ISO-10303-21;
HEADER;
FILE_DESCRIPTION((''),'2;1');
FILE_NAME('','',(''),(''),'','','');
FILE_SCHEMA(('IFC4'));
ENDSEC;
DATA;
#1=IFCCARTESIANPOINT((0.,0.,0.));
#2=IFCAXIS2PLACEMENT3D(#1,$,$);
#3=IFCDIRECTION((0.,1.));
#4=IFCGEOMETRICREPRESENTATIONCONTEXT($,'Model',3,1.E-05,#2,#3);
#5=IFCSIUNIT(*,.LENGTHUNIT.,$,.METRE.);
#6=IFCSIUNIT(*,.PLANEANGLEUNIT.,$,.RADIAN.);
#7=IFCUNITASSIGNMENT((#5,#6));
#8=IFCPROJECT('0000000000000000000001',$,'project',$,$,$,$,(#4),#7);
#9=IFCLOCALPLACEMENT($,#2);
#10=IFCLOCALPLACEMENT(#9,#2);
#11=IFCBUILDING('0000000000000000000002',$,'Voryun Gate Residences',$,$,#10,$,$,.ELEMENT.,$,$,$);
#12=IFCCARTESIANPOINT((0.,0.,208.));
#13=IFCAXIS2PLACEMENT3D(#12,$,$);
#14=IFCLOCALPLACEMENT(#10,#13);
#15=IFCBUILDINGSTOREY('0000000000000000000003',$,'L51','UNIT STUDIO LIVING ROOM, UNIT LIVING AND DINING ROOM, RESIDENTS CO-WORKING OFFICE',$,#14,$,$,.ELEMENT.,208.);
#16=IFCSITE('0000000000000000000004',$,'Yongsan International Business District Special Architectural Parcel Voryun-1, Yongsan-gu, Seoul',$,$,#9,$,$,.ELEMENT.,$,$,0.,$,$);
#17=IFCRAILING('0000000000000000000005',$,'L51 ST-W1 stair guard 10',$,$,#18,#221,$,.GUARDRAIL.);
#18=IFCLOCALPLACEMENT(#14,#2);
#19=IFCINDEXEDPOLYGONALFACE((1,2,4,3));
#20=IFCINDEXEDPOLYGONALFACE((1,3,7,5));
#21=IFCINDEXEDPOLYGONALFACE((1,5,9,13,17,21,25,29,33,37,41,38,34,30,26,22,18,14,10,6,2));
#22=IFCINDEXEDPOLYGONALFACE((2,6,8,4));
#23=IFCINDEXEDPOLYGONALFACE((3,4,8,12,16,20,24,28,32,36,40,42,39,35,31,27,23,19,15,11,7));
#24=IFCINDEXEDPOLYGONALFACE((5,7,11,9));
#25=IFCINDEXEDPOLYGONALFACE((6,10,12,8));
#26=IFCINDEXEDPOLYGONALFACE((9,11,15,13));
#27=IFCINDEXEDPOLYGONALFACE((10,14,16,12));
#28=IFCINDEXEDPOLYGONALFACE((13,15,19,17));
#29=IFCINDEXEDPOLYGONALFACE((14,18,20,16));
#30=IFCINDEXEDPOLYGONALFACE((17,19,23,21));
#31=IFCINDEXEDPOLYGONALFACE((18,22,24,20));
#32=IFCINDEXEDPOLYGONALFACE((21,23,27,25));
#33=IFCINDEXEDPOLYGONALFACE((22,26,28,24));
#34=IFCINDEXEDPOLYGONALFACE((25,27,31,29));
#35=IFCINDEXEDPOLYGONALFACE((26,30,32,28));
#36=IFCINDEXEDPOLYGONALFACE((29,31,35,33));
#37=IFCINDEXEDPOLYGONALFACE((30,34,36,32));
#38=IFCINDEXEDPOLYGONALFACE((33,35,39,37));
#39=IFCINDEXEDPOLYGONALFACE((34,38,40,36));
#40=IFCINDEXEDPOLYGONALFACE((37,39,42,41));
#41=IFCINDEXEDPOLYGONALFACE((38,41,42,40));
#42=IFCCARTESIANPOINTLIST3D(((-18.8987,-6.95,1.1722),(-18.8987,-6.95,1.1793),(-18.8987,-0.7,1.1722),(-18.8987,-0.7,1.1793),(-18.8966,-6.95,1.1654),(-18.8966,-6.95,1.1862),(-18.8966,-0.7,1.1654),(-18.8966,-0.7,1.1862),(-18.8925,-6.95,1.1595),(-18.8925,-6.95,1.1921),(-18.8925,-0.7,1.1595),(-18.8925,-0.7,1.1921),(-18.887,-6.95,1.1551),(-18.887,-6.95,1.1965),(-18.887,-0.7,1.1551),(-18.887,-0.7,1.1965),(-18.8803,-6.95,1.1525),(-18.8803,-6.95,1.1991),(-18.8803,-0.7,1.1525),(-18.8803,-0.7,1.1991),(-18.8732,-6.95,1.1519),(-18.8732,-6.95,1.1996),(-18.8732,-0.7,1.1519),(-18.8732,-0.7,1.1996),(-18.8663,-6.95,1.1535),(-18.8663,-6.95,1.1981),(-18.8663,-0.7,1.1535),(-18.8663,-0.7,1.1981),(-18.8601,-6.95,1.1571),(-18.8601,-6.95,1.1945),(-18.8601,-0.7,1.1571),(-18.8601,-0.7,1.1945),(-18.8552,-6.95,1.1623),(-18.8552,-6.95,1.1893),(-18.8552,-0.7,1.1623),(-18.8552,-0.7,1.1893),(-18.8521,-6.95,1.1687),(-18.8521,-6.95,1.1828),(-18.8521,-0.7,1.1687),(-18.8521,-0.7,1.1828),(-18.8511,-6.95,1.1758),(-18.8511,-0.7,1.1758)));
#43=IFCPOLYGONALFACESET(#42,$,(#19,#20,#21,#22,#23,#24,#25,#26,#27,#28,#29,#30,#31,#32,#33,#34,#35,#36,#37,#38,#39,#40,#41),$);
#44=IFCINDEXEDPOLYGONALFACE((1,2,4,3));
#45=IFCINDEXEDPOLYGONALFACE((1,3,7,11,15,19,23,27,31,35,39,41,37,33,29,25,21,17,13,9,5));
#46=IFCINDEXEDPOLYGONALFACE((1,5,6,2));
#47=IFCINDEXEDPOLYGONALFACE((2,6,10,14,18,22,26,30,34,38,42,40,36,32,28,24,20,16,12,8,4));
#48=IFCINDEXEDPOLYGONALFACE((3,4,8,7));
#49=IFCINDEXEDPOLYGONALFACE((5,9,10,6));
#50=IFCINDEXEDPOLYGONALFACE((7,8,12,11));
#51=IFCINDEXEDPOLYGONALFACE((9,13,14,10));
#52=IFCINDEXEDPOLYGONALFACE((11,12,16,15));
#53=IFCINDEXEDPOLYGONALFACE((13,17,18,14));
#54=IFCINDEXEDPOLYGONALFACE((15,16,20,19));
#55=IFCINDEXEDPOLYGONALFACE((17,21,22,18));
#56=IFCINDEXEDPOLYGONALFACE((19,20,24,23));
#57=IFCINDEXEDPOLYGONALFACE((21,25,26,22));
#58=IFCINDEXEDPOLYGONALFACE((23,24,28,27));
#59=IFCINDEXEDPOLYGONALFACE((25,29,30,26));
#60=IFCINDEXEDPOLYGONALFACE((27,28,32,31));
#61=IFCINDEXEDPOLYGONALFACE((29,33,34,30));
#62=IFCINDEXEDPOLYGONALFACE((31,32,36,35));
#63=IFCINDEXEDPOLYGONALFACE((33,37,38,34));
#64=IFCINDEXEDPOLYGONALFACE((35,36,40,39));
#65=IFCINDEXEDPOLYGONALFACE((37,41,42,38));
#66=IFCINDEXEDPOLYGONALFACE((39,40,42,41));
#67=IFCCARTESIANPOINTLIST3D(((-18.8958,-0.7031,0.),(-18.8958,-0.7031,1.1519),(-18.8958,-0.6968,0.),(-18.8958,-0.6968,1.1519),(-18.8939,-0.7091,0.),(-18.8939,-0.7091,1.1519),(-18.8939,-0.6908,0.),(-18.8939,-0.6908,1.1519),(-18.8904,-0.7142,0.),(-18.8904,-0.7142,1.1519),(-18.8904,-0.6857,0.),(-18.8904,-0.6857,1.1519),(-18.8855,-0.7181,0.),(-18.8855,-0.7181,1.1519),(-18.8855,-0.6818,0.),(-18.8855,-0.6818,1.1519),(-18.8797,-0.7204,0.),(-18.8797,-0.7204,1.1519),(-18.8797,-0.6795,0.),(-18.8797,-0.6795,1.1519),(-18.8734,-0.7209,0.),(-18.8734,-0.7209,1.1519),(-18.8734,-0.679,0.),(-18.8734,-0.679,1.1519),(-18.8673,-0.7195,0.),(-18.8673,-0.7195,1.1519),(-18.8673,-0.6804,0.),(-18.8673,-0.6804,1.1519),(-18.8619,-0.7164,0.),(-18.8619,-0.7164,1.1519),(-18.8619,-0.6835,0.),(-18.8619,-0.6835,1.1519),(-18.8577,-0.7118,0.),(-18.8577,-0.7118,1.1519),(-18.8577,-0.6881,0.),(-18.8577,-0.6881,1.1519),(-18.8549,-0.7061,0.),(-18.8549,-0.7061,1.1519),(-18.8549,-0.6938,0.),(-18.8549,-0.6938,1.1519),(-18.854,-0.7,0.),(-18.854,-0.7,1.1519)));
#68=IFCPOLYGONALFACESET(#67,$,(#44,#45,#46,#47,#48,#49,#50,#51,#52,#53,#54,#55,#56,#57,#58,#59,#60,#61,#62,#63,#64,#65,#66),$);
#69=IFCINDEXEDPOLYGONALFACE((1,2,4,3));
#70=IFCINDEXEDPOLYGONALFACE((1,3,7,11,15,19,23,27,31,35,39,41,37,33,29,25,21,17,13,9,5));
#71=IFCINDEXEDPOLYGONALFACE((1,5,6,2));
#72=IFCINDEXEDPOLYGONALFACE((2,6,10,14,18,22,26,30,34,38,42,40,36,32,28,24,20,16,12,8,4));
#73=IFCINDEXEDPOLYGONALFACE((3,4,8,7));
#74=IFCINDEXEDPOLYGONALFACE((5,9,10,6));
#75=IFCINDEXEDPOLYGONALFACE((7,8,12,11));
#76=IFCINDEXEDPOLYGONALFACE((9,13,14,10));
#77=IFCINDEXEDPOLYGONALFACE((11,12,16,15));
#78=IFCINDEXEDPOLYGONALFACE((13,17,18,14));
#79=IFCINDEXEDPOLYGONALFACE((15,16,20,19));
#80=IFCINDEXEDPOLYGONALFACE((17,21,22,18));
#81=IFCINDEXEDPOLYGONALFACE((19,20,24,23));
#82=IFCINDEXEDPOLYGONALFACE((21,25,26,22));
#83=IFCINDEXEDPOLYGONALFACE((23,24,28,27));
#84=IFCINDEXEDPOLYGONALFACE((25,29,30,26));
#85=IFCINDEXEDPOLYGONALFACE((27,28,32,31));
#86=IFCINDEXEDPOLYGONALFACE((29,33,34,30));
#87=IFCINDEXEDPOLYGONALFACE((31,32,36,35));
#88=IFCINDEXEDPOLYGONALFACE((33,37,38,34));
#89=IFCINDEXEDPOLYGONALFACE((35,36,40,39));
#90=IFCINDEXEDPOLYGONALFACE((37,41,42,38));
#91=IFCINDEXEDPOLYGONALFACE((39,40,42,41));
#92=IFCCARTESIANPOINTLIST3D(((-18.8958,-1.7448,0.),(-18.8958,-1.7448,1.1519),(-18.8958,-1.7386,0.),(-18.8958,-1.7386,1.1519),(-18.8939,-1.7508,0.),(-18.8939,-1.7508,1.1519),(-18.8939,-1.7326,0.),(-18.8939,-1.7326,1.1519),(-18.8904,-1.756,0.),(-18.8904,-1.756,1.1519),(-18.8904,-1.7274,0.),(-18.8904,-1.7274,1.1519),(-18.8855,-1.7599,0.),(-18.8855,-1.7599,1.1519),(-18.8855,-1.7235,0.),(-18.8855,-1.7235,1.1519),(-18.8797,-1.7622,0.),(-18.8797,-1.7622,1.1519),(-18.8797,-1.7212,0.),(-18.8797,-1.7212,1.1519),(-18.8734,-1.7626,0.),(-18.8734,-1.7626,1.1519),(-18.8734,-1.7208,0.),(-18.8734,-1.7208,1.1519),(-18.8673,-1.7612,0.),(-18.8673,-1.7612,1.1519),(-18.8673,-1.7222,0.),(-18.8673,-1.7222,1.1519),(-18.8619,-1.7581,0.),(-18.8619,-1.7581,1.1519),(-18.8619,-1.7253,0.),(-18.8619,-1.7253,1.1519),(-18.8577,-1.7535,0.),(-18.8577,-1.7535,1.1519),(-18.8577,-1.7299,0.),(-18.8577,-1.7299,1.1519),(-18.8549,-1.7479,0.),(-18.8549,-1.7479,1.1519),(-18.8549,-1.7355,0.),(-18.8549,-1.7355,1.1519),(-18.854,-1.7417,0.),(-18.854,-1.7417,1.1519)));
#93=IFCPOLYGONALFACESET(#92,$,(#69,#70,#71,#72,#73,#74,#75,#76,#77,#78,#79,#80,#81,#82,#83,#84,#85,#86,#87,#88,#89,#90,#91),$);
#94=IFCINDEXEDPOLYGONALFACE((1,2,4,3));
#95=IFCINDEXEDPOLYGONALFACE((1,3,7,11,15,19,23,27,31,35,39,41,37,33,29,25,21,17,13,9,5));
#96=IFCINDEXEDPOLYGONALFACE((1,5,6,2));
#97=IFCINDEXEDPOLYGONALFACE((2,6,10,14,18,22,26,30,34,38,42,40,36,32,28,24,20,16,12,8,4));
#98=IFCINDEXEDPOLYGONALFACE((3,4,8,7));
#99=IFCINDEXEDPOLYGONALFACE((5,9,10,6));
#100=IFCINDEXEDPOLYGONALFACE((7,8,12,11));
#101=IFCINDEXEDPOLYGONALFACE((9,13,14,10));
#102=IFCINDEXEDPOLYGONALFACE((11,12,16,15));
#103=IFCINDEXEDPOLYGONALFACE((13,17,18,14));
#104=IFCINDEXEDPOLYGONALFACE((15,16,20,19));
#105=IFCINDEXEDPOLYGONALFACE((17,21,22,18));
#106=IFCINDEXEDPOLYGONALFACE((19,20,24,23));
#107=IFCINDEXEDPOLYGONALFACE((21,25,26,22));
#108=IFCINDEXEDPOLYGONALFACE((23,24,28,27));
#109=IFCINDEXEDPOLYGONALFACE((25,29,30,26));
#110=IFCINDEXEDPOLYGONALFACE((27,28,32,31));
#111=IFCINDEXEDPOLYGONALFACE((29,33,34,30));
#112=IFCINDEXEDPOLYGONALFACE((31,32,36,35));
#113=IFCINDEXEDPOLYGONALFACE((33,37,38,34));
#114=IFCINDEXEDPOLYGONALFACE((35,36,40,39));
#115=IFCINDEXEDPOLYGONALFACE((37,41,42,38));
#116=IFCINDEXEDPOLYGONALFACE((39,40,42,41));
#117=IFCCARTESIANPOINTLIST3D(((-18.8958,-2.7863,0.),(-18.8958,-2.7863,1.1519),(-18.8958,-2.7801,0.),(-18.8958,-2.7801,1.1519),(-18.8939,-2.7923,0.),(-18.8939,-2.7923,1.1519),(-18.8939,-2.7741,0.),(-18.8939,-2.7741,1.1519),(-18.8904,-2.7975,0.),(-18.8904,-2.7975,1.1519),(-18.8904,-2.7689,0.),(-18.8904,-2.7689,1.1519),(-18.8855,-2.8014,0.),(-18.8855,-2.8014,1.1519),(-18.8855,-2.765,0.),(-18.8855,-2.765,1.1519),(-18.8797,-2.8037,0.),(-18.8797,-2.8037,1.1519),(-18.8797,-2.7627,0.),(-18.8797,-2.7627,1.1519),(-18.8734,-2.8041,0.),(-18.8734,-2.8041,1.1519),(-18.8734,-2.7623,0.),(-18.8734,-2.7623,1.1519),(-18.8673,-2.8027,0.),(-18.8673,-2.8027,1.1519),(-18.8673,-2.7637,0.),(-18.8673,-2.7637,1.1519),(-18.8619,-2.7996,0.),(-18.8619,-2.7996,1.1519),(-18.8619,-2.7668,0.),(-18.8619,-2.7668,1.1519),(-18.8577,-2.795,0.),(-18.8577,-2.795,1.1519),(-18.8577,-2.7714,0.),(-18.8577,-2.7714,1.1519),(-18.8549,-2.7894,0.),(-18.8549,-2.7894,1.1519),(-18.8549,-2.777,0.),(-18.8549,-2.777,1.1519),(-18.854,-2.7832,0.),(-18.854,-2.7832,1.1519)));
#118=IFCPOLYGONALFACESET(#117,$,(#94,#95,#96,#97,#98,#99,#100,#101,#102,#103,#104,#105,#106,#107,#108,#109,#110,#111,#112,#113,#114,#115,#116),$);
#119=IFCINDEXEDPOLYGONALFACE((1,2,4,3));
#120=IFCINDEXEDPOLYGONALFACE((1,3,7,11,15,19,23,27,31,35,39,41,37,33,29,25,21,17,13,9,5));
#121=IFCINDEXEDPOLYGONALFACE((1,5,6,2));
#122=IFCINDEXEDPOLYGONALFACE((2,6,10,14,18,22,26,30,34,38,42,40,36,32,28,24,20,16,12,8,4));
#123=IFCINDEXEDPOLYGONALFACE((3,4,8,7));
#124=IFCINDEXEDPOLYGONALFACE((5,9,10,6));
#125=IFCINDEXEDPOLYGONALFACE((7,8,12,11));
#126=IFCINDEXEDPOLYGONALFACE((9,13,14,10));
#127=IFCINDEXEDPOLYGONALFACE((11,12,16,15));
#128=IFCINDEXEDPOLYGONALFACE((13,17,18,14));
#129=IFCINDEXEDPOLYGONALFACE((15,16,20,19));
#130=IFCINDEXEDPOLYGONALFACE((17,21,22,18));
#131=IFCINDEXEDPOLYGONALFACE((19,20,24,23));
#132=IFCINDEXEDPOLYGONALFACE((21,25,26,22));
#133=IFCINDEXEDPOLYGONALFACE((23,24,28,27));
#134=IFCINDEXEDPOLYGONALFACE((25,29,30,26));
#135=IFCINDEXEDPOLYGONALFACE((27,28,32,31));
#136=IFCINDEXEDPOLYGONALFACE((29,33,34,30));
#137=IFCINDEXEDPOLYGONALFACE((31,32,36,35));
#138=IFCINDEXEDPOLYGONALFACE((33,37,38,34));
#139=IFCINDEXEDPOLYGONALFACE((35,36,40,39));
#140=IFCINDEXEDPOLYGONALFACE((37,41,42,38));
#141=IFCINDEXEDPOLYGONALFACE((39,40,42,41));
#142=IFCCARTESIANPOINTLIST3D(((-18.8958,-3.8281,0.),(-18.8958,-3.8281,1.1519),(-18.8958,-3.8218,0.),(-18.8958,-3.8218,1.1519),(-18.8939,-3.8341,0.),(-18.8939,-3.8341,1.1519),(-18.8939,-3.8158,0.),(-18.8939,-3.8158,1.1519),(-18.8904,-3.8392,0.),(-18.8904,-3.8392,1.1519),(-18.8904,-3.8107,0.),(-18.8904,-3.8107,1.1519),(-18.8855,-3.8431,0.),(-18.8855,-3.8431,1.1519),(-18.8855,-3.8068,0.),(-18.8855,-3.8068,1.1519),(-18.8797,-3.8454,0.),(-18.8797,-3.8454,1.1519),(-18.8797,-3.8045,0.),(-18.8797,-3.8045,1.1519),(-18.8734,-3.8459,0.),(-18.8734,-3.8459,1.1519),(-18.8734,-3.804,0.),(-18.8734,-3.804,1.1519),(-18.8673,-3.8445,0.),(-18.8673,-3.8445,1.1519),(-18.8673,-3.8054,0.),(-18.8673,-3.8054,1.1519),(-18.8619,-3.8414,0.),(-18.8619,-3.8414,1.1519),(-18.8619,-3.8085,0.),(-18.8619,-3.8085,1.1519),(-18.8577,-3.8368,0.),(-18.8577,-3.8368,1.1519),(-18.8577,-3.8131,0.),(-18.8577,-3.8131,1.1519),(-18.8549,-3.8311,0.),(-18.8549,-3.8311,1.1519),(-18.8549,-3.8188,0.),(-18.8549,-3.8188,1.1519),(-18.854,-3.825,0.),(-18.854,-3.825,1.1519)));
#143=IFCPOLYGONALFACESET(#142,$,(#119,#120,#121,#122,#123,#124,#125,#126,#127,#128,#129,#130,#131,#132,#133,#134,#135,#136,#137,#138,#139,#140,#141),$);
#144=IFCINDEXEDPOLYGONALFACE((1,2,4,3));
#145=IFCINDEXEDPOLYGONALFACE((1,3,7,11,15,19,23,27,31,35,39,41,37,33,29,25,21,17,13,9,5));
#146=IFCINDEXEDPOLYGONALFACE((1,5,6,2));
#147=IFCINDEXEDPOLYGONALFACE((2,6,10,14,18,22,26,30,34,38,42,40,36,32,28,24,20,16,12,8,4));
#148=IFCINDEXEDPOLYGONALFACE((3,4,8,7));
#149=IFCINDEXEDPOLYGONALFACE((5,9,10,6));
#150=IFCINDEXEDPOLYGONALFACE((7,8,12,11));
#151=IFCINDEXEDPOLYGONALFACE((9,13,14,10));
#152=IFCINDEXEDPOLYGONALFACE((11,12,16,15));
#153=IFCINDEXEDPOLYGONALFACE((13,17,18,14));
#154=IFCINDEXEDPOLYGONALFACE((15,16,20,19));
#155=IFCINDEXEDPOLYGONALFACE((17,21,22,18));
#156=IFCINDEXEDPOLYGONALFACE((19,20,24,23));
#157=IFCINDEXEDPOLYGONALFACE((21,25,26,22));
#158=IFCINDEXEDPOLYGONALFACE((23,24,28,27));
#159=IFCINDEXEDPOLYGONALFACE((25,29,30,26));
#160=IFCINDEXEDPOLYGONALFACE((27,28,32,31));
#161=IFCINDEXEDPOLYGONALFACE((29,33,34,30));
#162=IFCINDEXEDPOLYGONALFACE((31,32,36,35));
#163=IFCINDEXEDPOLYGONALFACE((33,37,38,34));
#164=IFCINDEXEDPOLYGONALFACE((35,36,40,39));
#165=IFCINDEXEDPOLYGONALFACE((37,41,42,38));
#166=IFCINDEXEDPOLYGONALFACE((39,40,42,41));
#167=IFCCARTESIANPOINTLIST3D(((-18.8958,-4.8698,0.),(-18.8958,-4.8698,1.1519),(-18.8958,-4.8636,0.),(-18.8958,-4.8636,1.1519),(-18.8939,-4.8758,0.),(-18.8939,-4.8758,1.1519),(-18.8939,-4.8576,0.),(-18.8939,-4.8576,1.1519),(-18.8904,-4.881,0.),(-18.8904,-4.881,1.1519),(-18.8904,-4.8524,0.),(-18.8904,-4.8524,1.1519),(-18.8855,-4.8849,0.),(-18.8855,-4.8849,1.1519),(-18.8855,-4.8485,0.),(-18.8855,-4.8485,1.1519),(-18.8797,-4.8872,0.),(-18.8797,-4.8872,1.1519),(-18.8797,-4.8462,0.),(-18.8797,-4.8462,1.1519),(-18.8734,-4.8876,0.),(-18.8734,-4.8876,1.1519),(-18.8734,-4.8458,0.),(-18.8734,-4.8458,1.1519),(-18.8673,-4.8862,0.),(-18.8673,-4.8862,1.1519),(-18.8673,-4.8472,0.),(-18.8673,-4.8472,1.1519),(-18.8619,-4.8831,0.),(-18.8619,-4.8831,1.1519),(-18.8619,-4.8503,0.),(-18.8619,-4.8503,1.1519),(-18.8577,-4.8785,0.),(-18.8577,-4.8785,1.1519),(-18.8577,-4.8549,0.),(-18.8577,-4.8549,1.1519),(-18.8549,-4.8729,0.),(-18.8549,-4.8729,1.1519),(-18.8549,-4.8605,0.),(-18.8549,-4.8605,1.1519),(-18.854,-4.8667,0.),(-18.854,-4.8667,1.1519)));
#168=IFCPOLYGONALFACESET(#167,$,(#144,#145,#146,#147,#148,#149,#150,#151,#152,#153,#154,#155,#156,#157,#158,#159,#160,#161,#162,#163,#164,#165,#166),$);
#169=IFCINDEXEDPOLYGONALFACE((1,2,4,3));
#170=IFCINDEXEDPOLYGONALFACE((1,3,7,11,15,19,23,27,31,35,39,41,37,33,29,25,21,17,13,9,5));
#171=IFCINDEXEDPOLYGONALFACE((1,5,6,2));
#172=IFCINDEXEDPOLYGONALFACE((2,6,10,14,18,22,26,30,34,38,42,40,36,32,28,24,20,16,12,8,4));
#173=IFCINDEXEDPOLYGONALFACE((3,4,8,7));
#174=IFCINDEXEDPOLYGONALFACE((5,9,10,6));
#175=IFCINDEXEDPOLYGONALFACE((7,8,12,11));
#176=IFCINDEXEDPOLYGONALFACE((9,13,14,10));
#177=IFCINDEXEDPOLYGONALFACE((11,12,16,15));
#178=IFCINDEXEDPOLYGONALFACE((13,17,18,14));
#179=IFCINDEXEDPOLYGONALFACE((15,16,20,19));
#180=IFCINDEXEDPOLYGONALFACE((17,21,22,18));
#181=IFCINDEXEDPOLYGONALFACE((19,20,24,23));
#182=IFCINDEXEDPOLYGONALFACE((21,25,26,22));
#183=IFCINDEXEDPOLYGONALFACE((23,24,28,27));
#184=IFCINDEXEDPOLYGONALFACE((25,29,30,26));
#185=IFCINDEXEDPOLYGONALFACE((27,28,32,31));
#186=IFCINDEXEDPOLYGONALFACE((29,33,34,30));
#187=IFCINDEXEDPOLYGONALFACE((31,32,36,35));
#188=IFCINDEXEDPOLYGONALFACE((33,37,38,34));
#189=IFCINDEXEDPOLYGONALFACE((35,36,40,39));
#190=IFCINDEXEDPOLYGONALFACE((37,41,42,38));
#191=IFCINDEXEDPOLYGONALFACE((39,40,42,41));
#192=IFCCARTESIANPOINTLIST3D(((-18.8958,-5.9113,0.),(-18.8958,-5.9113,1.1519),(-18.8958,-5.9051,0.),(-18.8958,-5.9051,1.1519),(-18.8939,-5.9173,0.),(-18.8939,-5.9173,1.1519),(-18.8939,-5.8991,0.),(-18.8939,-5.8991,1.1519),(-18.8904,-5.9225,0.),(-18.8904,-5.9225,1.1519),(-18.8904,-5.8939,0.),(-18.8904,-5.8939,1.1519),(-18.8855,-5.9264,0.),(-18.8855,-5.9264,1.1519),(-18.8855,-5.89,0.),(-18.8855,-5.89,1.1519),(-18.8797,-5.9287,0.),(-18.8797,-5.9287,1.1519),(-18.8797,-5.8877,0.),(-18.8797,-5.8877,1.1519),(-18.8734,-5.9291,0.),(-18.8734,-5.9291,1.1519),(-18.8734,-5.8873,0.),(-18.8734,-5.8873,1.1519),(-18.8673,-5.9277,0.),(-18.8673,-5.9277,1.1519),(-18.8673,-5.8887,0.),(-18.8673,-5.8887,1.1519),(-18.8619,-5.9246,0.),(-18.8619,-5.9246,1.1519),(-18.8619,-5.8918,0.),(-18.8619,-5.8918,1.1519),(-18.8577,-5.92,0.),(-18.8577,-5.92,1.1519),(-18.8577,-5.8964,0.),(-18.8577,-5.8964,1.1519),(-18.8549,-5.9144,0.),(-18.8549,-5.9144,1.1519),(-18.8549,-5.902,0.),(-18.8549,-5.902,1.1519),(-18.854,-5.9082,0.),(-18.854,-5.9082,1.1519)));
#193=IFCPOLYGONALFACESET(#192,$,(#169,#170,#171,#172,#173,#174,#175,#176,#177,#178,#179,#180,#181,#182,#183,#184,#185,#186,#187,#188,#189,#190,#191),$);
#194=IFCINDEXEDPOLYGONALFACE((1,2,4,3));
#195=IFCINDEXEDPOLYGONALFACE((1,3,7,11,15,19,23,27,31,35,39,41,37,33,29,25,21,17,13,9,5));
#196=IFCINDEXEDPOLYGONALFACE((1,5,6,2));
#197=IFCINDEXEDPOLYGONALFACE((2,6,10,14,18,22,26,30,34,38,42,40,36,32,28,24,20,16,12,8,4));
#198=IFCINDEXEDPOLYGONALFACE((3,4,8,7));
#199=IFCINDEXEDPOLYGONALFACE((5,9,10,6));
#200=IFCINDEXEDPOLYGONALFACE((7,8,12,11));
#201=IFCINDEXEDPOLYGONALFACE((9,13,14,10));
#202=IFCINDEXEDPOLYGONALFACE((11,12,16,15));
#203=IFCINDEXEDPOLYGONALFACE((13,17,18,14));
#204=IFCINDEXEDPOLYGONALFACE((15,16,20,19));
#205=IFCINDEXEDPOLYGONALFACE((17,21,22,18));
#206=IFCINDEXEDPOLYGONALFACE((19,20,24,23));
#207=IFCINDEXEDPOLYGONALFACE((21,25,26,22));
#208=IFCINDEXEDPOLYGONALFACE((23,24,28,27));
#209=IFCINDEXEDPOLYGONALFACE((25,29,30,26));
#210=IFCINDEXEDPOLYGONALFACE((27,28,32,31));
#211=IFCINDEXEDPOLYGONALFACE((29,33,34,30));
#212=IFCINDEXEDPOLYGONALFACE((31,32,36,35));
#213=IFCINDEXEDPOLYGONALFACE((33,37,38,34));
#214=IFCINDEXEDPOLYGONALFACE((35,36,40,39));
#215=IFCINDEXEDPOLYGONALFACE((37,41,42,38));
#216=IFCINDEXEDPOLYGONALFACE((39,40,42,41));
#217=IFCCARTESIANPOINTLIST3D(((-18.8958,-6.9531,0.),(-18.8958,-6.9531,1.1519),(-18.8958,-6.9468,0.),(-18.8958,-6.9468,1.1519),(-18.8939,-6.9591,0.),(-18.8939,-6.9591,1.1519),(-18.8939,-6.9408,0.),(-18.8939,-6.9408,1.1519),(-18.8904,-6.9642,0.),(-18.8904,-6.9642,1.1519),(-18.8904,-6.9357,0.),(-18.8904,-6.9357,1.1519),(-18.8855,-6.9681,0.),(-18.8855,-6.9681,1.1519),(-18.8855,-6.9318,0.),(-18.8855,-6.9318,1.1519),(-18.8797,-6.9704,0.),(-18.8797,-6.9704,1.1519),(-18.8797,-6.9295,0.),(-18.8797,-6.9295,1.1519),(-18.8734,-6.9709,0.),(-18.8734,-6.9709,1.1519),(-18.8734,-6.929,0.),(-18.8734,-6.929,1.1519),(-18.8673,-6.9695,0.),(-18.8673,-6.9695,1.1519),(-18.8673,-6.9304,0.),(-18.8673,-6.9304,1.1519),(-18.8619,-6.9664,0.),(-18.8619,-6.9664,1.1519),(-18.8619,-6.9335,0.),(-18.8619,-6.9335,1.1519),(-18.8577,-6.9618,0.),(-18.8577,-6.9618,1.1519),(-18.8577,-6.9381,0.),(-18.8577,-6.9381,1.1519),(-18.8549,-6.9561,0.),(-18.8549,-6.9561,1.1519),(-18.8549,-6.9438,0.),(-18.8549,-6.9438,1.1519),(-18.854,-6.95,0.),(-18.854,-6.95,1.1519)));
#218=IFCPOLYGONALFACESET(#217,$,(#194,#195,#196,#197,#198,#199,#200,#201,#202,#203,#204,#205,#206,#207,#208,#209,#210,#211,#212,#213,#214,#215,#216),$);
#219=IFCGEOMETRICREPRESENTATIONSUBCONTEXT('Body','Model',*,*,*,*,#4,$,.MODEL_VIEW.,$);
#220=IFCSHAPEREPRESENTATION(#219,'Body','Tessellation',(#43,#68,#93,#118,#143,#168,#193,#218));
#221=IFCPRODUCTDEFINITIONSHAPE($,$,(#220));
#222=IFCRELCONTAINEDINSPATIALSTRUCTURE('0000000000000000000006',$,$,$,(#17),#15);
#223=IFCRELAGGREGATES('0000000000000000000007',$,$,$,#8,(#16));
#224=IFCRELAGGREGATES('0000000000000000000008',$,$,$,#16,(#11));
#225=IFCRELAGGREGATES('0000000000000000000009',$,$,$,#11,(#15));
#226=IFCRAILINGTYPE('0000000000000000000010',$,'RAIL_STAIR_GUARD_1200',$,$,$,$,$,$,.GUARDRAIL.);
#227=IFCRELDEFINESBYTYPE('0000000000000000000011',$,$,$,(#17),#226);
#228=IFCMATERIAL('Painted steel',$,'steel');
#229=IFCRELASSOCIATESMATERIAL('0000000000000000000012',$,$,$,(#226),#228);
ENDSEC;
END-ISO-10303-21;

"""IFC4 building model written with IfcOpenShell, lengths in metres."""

from ifc_helpers import new_model, si_unit, direction, frame, origin, origin_2d, place, context, subcontext, project, spatial, circle, extrude, material, type_object, element, save


model = new_model("IFC4")

# Units and contexts
model_context = context("Model", 3, precision=1e-05, world=origin(), true_north=direction((0.0, 1.0)))
body_context = subcontext(model_context, "Body", "Model", "MODEL_VIEW")
ifc_project = project(units=[si_unit("LENGTHUNIT", "METRE"), si_unit("PLANEANGLEUNIT", "RADIAN")], contexts=[model_context])

# Site, building, storey
site_placement = place(None, origin())
site = spatial("IfcSite", under=ifc_project, at=site_placement, Name="Yongsan International Business District Special Architectural Parcel Voryun-1, Yongsan-gu, Seoul", CompositionType="ELEMENT", RefElevation=0.0)
building_placement = place(site_placement, origin())
building = spatial("IfcBuilding", under=site, at=building_placement, Name="Voryun Gate Residences", CompositionType="ELEMENT")
storey_placement = place(building_placement, frame((0.0, 0.0, 208.0)))
storey = spatial("IfcBuildingStorey", under=building, at=storey_placement, Name="L51", Description="UNIT STUDIO LIVING ROOM, UNIT LIVING AND DINING ROOM, RESIDENTS CO-WORKING OFFICE", CompositionType="ELEMENT", Elevation=208.0)

# Railing
ifc_material_1 = material(Name="Painted steel", Category="steel")
railing_type_1 = type_object("IfcRailingType", Name="RAIL_STAIR_GUARD_1200", PredefinedType="GUARDRAIL", material=ifc_material_1)
railing_1_placement = place(storey_placement, frame((-18.875, -0.7, 0.0)))
element("IfcRailing", 1, at=railing_1_placement, inside=storey, type_object=railing_type_1, Name="L51 ST-W1 stair guard 10", PredefinedType="GUARDRAIL", context=body_context, shape_type="SweptSolid", body=[
    extrude(circle(Radius=0.0239, at=origin_2d()), frame((0.0, 0.0, 1.1758), z_axis=(0.0, -1.0, 0.0), x_axis=(1.0, 0.0, 0.0)), (0.0, 0.0, 1.0), 6.25),
    extrude(circle(Radius=0.021, at=origin_2d()), origin(), (0.0, 0.0, 1.0), 1.1519),
    extrude(circle(Radius=0.021, at=origin_2d()), frame((0.0, -1.0417, 0.0)), (0.0, 0.0, 1.0), 1.1519),
    extrude(circle(Radius=0.021, at=origin_2d()), frame((0.0, -2.0833, 0.0)), (0.0, 0.0, 1.0), 1.1519),
    extrude(circle(Radius=0.021, at=origin_2d()), frame((0.0, -3.125, 0.0)), (0.0, 0.0, 1.0), 1.1519),
    extrude(circle(Radius=0.021, at=origin_2d()), frame((0.0, -4.1667, 0.0)), (0.0, 0.0, 1.0), 1.1519),
    extrude(circle(Radius=0.021, at=origin_2d()), frame((0.0, -5.2083, 0.0)), (0.0, 0.0, 1.0), 1.1519),
    extrude(circle(Radius=0.021, at=origin_2d()), frame((0.0, -6.25, 0.0)), (0.0, 0.0, 1.0), 1.1519),
])

save(model, "model.ifc")
